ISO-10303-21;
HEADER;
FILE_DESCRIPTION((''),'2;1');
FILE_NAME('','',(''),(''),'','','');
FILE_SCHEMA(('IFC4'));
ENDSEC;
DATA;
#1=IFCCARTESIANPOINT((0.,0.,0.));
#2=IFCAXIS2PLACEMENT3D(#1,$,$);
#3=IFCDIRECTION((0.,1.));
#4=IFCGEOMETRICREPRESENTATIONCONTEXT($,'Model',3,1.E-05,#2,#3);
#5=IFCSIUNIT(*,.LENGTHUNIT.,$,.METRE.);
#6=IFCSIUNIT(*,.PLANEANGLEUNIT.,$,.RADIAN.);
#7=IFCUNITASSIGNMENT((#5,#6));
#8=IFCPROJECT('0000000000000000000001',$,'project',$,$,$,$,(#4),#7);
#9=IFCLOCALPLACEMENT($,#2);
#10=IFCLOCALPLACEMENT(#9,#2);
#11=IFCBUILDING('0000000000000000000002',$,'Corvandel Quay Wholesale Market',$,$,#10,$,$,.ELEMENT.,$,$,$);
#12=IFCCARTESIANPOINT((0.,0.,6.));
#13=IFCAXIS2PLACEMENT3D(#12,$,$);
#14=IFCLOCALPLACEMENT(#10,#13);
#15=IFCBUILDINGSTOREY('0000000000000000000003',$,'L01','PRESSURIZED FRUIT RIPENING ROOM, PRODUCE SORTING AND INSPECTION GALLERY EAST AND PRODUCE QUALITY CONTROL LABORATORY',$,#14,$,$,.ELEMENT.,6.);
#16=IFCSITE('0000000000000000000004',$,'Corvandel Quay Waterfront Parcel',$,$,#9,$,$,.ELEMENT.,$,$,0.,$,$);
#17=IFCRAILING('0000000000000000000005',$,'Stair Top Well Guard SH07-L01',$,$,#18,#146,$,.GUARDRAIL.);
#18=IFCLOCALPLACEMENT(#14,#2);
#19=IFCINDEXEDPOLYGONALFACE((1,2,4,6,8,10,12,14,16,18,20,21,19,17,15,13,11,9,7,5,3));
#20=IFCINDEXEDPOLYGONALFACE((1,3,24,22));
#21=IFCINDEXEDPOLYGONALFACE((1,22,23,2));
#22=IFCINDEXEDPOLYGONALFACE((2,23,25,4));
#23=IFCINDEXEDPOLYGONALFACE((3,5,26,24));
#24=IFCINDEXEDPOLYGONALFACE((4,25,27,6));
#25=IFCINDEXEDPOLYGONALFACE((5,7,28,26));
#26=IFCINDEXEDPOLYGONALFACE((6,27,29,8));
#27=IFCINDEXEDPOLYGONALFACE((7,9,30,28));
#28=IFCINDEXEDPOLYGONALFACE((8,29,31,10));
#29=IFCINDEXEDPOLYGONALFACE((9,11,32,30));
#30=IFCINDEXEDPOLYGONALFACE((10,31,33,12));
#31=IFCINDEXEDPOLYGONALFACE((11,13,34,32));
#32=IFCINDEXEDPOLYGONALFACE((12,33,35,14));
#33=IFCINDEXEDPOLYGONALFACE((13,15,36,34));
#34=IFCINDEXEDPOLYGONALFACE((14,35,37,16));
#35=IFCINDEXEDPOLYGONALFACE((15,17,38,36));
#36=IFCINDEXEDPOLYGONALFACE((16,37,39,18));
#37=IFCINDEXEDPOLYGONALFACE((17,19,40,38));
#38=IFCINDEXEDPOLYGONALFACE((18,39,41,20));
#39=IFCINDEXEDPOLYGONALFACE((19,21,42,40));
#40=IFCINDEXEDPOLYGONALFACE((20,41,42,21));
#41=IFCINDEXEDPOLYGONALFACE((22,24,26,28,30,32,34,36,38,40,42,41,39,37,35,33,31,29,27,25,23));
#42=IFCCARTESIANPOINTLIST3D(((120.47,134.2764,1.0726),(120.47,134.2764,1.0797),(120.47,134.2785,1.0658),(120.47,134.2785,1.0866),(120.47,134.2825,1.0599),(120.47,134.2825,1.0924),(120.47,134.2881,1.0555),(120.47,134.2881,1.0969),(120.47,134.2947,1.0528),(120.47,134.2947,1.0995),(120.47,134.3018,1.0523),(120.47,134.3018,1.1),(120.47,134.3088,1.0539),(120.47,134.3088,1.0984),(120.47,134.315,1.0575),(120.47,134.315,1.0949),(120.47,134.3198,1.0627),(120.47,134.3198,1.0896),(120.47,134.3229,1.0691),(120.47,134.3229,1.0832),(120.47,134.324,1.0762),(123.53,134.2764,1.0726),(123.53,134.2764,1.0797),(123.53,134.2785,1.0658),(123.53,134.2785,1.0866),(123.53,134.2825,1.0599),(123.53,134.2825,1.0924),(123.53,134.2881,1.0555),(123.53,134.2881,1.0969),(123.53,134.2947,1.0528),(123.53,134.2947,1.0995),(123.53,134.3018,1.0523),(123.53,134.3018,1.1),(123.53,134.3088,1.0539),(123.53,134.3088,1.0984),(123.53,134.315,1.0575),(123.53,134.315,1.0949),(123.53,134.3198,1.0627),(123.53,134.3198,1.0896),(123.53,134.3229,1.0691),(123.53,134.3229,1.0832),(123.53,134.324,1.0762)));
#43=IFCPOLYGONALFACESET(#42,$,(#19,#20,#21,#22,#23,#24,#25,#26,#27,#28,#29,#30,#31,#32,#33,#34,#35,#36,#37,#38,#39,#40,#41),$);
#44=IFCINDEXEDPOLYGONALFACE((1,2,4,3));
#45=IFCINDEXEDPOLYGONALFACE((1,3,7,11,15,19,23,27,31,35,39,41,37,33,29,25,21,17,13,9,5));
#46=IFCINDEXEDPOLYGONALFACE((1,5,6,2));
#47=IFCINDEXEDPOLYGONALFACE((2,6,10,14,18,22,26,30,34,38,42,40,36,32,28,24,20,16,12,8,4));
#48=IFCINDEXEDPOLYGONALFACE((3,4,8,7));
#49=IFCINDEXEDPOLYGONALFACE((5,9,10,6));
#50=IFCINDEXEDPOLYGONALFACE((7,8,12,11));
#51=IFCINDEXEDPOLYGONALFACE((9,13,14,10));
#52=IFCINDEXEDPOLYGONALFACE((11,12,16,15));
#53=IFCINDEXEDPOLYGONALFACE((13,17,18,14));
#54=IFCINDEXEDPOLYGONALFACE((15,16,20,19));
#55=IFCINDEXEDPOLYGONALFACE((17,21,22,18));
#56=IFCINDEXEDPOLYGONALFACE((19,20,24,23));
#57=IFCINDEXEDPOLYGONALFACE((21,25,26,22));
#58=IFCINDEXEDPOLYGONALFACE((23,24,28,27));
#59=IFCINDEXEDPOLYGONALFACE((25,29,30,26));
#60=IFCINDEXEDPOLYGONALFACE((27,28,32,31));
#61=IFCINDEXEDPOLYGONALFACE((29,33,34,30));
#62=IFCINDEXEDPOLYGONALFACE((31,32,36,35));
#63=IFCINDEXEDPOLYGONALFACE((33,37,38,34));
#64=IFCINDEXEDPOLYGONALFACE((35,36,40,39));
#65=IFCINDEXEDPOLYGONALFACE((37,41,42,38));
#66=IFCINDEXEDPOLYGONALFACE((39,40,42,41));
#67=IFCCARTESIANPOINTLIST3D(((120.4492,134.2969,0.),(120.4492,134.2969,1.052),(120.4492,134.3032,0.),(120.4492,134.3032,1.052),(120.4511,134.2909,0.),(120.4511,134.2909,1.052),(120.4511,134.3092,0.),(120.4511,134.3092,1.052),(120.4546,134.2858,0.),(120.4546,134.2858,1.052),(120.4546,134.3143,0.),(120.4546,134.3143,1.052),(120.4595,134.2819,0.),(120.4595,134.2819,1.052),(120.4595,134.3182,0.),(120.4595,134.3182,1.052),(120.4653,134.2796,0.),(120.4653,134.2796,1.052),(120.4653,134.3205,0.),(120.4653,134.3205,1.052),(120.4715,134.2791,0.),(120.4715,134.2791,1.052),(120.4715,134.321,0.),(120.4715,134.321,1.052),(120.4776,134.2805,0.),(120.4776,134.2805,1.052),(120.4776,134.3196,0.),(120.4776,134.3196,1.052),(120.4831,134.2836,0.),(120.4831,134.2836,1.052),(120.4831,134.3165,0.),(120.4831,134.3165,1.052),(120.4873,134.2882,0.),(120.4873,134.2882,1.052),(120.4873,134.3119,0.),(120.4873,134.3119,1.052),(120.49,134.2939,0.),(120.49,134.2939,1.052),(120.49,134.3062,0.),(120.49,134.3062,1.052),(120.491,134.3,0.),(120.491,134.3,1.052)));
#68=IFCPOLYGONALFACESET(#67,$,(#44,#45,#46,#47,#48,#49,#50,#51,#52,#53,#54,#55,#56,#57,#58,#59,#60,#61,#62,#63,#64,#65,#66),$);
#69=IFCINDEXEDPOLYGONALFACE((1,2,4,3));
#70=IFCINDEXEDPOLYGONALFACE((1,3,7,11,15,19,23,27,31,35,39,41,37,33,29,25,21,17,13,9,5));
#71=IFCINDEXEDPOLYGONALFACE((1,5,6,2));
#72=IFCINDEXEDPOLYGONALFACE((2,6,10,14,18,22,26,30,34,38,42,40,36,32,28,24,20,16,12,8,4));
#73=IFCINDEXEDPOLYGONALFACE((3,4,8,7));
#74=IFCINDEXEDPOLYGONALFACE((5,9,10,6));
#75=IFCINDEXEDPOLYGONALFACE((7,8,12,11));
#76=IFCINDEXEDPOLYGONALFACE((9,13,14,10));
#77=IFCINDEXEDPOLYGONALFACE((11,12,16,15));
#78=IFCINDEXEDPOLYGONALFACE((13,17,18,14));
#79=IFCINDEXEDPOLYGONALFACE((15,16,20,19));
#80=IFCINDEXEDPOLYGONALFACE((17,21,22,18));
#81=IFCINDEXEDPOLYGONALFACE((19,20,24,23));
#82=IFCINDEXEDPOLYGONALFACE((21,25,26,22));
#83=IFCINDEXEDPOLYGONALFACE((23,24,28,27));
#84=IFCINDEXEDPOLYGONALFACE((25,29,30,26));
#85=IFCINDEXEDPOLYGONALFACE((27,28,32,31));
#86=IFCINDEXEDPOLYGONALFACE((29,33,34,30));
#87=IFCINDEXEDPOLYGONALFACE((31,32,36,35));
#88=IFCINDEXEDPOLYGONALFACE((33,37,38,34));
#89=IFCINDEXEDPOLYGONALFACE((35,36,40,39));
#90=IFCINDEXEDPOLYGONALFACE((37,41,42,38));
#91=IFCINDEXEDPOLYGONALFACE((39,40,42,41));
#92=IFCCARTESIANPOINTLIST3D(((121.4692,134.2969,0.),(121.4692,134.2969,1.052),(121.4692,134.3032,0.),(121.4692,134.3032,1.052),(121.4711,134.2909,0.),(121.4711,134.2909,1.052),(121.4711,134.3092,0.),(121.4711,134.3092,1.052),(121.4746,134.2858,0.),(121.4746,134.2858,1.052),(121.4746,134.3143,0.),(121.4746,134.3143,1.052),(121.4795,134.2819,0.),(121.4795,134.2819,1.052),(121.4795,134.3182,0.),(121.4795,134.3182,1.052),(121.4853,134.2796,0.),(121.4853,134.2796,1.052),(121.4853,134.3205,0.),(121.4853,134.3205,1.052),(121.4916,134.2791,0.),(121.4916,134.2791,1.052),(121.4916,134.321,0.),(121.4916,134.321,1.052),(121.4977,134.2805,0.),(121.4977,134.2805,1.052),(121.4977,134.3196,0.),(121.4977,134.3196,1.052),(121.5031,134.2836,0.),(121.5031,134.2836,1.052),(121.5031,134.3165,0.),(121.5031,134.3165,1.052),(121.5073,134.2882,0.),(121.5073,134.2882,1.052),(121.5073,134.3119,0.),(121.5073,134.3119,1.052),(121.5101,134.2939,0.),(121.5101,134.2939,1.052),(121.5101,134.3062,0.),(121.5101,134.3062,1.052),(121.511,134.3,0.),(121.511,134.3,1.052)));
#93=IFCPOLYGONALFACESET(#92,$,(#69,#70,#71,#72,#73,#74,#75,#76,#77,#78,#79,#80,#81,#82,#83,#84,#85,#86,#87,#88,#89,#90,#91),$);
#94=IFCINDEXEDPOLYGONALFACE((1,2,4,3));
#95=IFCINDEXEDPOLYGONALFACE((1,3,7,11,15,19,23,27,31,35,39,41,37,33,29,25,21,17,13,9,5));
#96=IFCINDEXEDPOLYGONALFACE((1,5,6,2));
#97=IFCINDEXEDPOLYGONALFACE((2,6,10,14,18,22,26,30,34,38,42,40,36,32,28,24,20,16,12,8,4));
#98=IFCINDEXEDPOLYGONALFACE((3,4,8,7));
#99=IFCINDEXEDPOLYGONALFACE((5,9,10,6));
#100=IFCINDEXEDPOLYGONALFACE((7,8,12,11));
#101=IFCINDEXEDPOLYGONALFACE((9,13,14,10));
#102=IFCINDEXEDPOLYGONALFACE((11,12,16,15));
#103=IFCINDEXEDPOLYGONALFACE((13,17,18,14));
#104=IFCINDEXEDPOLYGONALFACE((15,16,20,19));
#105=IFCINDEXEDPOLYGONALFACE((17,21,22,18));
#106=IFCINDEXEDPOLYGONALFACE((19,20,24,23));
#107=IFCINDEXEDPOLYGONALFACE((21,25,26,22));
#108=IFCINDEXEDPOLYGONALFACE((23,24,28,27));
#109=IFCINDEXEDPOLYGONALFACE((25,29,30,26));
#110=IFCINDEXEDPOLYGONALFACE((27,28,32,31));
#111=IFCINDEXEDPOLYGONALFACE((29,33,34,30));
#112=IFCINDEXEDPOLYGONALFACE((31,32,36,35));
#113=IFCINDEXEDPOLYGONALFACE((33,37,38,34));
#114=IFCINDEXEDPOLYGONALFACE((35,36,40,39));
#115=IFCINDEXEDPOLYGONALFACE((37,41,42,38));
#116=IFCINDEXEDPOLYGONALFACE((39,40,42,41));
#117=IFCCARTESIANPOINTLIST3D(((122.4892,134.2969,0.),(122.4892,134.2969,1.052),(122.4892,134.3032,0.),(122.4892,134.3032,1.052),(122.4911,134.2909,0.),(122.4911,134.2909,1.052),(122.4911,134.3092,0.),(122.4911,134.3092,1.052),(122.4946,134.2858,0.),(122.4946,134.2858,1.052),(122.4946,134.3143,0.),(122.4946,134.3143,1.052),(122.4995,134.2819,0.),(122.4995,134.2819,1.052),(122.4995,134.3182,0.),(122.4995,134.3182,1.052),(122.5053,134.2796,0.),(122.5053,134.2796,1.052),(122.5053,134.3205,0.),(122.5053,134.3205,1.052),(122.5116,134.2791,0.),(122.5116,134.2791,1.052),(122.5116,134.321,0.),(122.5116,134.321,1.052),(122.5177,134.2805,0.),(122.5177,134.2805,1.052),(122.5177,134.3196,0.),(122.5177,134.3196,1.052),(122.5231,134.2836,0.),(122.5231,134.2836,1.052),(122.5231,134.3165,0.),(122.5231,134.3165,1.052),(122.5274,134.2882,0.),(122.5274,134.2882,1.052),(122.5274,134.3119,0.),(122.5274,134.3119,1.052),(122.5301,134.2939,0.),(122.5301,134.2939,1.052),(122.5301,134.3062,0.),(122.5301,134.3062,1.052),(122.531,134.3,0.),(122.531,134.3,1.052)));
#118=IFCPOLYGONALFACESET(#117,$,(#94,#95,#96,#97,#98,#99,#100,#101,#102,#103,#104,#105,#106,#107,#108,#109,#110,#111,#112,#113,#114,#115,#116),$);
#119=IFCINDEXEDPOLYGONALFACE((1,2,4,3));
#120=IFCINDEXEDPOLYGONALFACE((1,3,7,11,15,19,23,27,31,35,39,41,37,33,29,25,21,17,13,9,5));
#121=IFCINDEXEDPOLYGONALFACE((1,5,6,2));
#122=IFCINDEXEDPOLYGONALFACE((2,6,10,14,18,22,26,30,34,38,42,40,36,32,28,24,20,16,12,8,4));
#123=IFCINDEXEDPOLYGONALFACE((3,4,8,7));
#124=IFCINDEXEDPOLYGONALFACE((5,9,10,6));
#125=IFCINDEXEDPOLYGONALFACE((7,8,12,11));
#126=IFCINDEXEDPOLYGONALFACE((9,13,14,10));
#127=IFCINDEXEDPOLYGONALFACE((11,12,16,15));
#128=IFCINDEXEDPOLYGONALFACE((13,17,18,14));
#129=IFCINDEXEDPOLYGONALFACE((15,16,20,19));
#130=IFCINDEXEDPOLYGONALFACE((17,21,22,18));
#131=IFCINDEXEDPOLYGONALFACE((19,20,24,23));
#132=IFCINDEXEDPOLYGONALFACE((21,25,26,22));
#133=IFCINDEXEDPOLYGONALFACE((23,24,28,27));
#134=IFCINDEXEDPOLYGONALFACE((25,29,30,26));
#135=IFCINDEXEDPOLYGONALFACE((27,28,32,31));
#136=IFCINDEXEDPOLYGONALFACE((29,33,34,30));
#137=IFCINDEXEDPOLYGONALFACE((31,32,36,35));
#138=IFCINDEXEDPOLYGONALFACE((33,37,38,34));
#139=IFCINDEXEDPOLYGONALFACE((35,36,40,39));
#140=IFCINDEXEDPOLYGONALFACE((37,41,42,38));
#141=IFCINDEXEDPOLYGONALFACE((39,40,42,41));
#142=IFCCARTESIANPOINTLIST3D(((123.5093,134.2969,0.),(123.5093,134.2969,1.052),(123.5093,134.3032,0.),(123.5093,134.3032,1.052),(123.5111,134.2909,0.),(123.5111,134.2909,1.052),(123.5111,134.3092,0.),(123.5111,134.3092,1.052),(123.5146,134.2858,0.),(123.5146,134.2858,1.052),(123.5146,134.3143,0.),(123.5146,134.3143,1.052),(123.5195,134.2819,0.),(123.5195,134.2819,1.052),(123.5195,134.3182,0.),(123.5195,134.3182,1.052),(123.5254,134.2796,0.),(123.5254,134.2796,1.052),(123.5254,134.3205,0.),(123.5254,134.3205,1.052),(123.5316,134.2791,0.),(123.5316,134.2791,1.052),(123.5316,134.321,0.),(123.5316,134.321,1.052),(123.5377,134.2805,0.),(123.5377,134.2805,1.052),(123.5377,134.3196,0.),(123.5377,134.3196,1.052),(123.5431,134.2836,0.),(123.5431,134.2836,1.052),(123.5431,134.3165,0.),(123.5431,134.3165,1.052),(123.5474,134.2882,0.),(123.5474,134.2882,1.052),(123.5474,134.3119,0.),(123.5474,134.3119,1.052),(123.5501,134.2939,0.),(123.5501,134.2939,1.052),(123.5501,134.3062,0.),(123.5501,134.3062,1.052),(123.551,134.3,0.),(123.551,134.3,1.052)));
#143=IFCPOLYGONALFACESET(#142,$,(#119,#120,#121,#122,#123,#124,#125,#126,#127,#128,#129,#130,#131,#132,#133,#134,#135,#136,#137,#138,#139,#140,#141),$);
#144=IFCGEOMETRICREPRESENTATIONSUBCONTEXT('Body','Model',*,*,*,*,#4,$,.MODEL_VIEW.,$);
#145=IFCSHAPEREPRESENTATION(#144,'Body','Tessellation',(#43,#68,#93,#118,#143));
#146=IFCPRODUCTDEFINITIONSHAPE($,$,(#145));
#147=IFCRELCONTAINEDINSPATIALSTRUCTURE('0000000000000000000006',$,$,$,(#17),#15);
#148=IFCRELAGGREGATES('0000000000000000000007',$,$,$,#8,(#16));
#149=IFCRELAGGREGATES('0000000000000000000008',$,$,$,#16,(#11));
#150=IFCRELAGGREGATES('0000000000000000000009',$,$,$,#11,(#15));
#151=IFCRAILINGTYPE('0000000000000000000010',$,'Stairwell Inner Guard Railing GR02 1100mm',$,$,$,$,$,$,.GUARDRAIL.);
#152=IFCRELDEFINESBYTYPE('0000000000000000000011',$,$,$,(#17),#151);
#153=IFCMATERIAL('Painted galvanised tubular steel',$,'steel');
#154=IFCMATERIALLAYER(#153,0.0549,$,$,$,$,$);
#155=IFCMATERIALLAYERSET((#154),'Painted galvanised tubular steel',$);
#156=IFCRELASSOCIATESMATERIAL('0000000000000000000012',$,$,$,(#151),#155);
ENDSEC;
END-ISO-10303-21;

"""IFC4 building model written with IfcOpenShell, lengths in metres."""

from ifc_helpers import new_model, si_unit, direction, frame, origin, origin_2d, place, context, subcontext, project, spatial, circle, extrude, material, layer, layer_set, type_object, element, save


model = new_model("IFC4")

# Units and contexts
model_context = context("Model", 3, precision=1e-05, world=origin(), true_north=direction((0.0, 1.0)))
body_context = subcontext(model_context, "Body", "Model", "MODEL_VIEW")
ifc_project = project(units=[si_unit("LENGTHUNIT", "METRE"), si_unit("PLANEANGLEUNIT", "RADIAN")], contexts=[model_context])

# Site, building, storey
site_placement = place(None, origin())
site = spatial("IfcSite", under=ifc_project, at=site_placement, Name="Corvandel Quay Waterfront Parcel", CompositionType="ELEMENT", RefElevation=0.0)
building_placement = place(site_placement, origin())
building = spatial("IfcBuilding", under=site, at=building_placement, Name="Corvandel Quay Wholesale Market", CompositionType="ELEMENT")
storey_placement = place(building_placement, frame((0.0, 0.0, 6.0)))
storey = spatial("IfcBuildingStorey", under=building, at=storey_placement, Name="L01", Description="PRESSURIZED FRUIT RIPENING ROOM, PRODUCE SORTING AND INSPECTION GALLERY EAST AND PRODUCE QUALITY CONTROL LABORATORY", CompositionType="ELEMENT", Elevation=6.0)

# Railing
ifc_material_1 = material(Name="Painted galvanised tubular steel", Category="steel")
ifc_layer_1 = layer(ifc_material_1, 0.0549)
ifc_layer_set_1 = layer_set([ifc_layer_1], Name="Painted galvanised tubular steel")
railing_type = type_object("IfcRailingType", Name="Stairwell Inner Guard Railing GR02 1100mm", PredefinedType="GUARDRAIL", material=ifc_layer_set_1)
for number, where, name in (
    (1, (120.47, 134.3, 0.0), "Stair Top Well Guard SH07-L01"),
):
    element("IfcRailing", number, at=place(storey_placement, frame(where)), inside=storey, type_object=railing_type, Name=name, PredefinedType="GUARDRAIL", context=body_context, shape_type="SweptSolid", body=[
        extrude(circle(Radius=0.0239, at=origin_2d()), frame((0.0, 0.0, 1.0762), z_axis=(1.0, 0.0, 0.0), x_axis=(0.0, 1.0, 0.0)), (0.0, 0.0, 1.0), 3.0601),
        extrude(circle(Radius=0.021, at=origin_2d()), origin(), (0.0, 0.0, 1.0), 1.052),
        extrude(circle(Radius=0.021, at=origin_2d()), frame((1.02, 0.0, 0.0)), (0.0, 0.0, 1.0), 1.052),
        extrude(circle(Radius=0.021, at=origin_2d()), frame((2.04, 0.0, 0.0)), (0.0, 0.0, 1.0), 1.052),
        extrude(circle(Radius=0.021, at=origin_2d()), frame((3.0601, 0.0, 0.0)), (0.0, 0.0, 1.0), 1.052),
    ])

save(model, "model.ifc")
